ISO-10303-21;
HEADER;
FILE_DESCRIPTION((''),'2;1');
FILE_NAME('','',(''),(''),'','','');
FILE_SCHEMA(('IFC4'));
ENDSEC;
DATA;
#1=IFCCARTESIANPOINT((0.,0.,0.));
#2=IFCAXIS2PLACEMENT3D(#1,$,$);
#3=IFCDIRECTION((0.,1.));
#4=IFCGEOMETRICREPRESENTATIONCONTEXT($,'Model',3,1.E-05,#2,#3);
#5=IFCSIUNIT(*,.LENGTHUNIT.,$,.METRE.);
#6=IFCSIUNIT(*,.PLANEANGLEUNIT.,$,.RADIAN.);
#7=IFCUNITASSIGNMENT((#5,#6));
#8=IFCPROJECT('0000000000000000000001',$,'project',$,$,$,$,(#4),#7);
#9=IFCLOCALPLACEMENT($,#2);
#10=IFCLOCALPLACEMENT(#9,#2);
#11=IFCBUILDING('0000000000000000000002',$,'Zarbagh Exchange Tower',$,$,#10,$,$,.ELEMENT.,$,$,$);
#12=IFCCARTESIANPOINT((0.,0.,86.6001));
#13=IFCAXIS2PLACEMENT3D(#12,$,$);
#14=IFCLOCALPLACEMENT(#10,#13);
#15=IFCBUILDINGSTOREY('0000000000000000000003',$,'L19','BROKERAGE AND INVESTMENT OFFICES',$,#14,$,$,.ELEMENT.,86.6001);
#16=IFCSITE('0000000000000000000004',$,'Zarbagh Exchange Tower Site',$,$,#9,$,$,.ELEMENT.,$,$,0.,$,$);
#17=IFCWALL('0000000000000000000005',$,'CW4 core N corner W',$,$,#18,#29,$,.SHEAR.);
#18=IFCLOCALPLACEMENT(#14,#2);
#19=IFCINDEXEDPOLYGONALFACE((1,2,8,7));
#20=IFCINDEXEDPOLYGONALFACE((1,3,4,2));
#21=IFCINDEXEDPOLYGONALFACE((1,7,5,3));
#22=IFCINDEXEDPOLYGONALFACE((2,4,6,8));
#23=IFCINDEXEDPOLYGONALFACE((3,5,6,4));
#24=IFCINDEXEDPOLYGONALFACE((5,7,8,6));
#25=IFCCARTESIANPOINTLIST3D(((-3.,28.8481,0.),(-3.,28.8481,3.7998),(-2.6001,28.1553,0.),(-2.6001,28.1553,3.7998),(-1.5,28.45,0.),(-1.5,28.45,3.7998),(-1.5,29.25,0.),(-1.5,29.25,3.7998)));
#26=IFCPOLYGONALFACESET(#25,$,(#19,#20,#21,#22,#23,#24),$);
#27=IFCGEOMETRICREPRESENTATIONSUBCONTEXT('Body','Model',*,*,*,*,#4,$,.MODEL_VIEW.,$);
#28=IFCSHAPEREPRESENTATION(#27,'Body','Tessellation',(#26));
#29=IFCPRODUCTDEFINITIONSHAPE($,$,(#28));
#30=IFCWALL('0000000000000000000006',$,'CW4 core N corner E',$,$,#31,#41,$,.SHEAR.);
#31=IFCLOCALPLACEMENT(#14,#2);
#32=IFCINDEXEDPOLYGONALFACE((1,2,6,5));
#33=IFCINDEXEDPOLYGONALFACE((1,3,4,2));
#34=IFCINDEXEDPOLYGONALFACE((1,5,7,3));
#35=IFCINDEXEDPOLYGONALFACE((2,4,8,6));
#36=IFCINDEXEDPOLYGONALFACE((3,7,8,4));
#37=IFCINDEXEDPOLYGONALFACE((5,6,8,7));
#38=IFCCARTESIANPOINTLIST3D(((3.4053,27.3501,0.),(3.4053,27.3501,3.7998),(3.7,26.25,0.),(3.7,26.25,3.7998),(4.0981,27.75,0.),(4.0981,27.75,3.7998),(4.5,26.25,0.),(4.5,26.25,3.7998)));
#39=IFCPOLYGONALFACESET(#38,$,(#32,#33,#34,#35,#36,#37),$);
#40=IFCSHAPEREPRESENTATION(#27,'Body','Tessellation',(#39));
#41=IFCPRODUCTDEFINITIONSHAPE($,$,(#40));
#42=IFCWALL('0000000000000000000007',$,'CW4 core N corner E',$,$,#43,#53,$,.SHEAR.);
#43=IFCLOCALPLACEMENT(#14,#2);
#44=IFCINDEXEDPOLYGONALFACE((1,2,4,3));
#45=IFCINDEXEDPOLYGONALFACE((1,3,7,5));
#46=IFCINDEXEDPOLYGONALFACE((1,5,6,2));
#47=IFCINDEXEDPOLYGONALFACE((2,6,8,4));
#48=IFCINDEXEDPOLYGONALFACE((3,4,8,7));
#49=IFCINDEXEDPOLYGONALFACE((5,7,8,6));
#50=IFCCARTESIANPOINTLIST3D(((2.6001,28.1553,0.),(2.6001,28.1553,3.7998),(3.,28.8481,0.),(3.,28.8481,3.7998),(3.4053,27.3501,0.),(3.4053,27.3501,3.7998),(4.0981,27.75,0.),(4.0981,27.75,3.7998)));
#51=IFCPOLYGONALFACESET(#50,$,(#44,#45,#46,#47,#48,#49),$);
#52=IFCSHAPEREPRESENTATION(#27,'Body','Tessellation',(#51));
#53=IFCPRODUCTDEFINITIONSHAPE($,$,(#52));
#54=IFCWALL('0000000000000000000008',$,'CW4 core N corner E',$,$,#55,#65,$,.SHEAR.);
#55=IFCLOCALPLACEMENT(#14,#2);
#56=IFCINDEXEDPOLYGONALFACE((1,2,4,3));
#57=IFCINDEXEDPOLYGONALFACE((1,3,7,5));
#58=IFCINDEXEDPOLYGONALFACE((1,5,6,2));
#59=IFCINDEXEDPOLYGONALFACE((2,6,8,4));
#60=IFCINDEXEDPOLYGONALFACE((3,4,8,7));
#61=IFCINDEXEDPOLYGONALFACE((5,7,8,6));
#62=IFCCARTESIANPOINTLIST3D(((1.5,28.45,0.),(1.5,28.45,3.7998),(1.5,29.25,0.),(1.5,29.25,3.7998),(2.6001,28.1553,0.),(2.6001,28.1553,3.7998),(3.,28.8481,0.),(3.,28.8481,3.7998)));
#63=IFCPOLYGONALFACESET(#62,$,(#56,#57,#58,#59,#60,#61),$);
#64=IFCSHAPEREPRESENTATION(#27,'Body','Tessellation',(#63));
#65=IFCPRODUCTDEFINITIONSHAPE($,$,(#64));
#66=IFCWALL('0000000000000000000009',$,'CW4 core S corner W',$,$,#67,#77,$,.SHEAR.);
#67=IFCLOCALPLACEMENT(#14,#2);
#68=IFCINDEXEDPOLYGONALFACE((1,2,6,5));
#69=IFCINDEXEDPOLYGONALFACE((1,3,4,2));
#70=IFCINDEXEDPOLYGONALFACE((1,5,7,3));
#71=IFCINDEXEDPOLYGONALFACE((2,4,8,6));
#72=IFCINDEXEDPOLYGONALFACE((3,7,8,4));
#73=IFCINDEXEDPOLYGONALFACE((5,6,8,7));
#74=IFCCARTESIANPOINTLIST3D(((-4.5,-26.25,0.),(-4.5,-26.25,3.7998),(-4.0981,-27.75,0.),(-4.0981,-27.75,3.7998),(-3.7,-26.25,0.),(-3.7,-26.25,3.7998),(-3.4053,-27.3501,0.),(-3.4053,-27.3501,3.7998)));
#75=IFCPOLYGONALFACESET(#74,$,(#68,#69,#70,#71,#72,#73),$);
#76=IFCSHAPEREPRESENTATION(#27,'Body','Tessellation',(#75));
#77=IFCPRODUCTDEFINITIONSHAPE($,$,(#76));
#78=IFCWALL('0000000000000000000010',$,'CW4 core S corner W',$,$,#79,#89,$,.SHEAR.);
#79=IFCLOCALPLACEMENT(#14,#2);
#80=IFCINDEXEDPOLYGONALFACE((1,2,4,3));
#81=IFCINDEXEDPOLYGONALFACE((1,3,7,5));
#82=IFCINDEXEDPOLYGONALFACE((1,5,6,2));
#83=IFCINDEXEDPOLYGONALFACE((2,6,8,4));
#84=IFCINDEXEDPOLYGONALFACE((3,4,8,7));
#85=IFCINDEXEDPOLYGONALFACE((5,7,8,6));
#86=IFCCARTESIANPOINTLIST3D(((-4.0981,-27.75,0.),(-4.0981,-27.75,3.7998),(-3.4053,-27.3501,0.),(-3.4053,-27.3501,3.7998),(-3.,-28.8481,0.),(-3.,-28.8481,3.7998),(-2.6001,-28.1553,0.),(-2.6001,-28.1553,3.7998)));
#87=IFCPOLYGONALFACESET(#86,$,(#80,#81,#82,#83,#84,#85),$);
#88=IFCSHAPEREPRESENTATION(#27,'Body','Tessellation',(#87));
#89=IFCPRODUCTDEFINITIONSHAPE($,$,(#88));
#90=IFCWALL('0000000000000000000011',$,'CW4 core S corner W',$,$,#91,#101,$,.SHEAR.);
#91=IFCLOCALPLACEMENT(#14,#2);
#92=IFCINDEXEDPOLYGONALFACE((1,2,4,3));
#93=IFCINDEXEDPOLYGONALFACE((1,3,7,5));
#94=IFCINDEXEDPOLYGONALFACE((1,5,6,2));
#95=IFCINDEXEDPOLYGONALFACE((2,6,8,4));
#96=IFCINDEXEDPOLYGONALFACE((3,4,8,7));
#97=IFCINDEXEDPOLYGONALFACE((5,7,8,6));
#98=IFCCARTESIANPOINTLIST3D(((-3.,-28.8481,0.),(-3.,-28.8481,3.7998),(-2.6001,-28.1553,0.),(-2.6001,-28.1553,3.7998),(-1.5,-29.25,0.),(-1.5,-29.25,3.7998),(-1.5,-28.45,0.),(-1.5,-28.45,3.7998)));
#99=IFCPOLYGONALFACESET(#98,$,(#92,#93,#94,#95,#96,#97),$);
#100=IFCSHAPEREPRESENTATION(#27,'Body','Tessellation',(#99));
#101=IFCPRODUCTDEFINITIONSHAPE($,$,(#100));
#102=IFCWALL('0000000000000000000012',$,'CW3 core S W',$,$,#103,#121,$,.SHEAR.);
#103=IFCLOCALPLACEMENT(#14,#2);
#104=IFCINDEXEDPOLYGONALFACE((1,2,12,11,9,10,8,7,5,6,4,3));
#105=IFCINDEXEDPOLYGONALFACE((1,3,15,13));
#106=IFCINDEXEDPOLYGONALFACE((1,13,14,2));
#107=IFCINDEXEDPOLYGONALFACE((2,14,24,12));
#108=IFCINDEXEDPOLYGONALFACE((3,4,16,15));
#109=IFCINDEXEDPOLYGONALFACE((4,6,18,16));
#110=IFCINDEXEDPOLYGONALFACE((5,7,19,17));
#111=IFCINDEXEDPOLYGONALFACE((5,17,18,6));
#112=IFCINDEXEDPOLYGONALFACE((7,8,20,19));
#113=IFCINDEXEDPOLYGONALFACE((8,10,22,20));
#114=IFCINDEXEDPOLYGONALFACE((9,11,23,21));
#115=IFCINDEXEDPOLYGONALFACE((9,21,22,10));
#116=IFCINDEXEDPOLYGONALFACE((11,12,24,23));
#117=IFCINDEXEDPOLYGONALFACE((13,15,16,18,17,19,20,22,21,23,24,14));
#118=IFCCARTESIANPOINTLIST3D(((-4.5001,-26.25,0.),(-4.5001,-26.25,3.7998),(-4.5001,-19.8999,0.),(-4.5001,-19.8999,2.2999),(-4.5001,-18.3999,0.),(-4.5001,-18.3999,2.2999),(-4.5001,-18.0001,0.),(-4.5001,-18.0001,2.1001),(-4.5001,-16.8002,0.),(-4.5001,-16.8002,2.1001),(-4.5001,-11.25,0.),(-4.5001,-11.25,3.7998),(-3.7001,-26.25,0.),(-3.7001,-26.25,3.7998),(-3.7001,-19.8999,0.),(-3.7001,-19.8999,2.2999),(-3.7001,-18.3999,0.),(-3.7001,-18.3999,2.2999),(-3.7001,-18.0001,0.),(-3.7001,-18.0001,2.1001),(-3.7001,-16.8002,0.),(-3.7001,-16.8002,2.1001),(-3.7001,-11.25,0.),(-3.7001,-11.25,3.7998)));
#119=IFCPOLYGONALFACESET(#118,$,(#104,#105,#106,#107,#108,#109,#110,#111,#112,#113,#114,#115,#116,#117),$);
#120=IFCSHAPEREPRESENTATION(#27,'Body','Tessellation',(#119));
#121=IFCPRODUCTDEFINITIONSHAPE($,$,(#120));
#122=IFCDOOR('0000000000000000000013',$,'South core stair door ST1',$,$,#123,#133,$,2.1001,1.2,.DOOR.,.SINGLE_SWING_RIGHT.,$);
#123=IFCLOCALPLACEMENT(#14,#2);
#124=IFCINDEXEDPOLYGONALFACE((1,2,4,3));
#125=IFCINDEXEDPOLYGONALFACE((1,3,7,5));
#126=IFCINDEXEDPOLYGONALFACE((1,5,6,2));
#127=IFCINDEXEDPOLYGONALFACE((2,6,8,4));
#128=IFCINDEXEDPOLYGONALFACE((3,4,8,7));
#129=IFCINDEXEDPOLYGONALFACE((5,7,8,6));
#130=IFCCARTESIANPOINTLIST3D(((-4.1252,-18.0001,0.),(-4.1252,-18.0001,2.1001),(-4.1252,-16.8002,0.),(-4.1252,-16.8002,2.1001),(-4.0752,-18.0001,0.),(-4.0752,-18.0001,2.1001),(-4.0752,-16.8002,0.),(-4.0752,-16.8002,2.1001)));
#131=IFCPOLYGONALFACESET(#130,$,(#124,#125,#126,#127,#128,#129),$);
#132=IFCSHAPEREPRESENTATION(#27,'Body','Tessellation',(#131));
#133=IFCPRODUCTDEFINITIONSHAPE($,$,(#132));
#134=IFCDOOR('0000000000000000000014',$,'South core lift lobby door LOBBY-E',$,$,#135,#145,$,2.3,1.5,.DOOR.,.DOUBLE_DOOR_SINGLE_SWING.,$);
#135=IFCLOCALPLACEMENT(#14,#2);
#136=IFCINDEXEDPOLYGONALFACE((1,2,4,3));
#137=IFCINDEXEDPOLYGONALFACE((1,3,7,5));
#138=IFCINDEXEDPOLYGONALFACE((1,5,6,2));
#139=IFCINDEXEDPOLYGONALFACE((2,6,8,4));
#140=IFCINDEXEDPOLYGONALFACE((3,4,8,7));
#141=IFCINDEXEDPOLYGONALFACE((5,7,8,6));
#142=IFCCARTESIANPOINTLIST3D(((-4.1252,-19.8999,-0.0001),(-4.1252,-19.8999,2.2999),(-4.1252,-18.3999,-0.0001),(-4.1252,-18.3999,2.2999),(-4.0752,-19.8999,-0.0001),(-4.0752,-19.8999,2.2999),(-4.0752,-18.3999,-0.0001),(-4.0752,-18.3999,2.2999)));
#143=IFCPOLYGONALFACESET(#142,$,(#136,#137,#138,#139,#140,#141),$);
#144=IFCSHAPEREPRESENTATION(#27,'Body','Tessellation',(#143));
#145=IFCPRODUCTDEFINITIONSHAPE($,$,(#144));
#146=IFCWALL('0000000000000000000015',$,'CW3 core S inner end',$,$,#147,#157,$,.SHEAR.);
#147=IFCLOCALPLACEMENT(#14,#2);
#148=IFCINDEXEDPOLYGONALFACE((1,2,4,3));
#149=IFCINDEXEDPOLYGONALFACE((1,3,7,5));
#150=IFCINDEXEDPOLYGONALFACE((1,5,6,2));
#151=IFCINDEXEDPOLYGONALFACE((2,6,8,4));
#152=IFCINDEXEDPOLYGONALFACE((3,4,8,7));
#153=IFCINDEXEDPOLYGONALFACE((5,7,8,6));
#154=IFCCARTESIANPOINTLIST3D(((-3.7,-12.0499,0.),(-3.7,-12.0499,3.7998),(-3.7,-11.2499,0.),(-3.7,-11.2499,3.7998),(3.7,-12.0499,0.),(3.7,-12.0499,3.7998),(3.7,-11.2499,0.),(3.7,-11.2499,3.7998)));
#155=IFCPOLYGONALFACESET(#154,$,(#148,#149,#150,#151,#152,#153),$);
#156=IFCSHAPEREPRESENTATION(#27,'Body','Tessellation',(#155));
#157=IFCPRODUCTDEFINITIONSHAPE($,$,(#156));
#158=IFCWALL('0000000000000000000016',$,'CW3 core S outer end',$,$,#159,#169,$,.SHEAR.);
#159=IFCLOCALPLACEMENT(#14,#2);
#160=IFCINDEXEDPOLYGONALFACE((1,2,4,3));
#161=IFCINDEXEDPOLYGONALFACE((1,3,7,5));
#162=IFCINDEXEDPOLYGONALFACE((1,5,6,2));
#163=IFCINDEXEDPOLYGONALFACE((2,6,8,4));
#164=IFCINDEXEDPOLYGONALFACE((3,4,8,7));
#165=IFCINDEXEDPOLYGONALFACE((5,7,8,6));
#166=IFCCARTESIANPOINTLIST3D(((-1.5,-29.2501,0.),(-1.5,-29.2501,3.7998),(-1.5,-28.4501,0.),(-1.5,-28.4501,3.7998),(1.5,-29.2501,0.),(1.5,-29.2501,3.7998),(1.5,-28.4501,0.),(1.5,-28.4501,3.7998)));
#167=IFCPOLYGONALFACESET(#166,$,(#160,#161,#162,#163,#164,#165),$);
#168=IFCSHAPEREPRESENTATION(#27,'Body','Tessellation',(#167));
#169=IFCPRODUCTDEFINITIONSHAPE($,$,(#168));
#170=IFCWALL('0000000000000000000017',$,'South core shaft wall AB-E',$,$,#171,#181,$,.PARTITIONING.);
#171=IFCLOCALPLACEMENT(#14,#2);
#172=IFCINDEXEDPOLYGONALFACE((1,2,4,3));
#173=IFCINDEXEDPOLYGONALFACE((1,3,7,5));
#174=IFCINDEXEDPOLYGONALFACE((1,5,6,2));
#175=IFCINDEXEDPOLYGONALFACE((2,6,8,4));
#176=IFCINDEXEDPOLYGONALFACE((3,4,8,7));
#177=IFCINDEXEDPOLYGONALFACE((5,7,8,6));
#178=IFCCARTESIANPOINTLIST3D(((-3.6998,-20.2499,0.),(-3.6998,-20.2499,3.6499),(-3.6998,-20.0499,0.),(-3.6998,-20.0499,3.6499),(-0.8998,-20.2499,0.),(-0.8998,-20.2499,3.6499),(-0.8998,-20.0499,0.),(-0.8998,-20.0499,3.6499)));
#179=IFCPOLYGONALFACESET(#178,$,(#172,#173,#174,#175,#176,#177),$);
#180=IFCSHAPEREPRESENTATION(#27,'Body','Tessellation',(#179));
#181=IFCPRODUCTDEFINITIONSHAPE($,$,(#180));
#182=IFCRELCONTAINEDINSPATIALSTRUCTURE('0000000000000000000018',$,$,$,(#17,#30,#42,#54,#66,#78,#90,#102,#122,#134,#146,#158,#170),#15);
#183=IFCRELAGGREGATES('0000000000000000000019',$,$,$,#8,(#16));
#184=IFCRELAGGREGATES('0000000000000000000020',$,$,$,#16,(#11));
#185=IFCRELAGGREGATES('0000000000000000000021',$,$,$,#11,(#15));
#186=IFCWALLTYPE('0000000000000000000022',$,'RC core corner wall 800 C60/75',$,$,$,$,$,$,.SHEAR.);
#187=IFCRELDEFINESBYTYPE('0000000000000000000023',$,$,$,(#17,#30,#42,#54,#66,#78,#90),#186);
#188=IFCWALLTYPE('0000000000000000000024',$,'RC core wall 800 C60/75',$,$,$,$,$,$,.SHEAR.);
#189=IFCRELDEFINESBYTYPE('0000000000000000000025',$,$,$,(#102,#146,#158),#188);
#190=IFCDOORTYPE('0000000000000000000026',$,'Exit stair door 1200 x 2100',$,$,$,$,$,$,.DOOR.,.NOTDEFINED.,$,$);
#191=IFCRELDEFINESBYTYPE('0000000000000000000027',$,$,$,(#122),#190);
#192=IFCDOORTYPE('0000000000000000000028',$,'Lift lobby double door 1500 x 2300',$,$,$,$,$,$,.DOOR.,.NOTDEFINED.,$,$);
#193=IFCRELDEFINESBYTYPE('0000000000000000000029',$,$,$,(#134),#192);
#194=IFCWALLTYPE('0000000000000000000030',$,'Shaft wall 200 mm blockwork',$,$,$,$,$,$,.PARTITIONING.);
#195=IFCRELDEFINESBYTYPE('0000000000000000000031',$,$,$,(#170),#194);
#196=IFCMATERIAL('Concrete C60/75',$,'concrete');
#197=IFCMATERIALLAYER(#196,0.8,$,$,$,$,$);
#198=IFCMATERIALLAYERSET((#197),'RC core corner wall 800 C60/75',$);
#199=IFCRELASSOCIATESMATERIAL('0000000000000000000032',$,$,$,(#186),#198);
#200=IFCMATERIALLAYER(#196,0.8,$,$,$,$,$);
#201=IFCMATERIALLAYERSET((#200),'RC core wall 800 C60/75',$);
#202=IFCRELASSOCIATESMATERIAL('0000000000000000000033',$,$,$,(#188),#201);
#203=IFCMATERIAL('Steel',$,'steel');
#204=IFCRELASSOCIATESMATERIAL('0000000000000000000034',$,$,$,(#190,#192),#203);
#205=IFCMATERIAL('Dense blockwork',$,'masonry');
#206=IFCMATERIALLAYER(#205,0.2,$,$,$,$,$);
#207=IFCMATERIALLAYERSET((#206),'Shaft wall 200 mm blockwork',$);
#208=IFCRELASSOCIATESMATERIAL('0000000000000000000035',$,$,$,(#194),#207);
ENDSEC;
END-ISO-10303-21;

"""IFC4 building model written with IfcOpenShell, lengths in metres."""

from ifc_helpers import new_model, si_unit, direction, frame, frame_2d, origin, place, context, subcontext, project, spatial, polyline, rectangle, outline, extrude, material, layer, layer_set, type_object, element, fill, save


model = new_model("IFC4")

# Units and contexts
model_context = context("Model", 3, precision=1e-05, world=origin(), true_north=direction((0.0, 1.0)))
body_context = subcontext(model_context, "Body", "Model", "MODEL_VIEW")
ifc_project = project(units=[si_unit("LENGTHUNIT", "METRE"), si_unit("PLANEANGLEUNIT", "RADIAN")], contexts=[model_context])

# Site, building, storey
site_placement = place(None, origin())
site = spatial("IfcSite", under=ifc_project, at=site_placement, Name="Zarbagh Exchange Tower Site", CompositionType="ELEMENT", RefElevation=0.0)
building_placement = place(site_placement, origin())
building = spatial("IfcBuilding", under=site, at=building_placement, Name="Zarbagh Exchange Tower", CompositionType="ELEMENT")
storey_placement = place(building_placement, frame((0.0, 0.0, 86.6001)))
storey = spatial("IfcBuildingStorey", under=building, at=storey_placement, Name="L19", Description="BROKERAGE AND INVESTMENT OFFICES", CompositionType="ELEMENT", Elevation=86.6001)

# Shared definitions
ifc_material_1 = material(Name="Concrete C60/75", Category="concrete")

# Walls
ifc_layer_1 = layer(ifc_material_1, 0.8)
ifc_layer_set_1 = layer_set([ifc_layer_1], Name="RC core corner wall 800 C60/75")
wall_type_1 = type_object("IfcWallType", Name="RC core corner wall 800 C60/75", PredefinedType="SHEAR", material=ifc_layer_set_1)
wall_1_placement = place(storey_placement, origin())
element("IfcWall", 1, at=wall_1_placement, inside=storey, type_object=wall_type_1, Name="CW4 core N corner W", PredefinedType="SHEAR", context=body_context, shape_type="SweptSolid", body=[
    extrude(outline(polyline([(-3.0, 28.8481), (-1.5, 29.25), (-1.5, 28.45), (-2.6001, 28.1553), (-3.0, 28.8481)])), origin(), (0.0, 0.0, 1.0), 3.7998),
])
wall_2_placement = place(storey_placement, origin())
element("IfcWall", 2, at=wall_2_placement, inside=storey, type_object=wall_type_1, Name="CW4 core N corner E", PredefinedType="SHEAR", context=body_context, shape_type="SweptSolid", body=[
    extrude(outline(polyline([(4.5, 26.25), (4.0981, 27.75), (3.4053, 27.3501), (3.7, 26.25), (4.5, 26.25)])), origin(), (0.0, 0.0, 1.0), 3.7998),
])
wall_3_placement = place(storey_placement, origin())
element("IfcWall", 3, at=wall_3_placement, inside=storey, type_object=wall_type_1, Name="CW4 core N corner E", PredefinedType="SHEAR", context=body_context, shape_type="SweptSolid", body=[
    extrude(outline(polyline([(4.0981, 27.75), (3.0, 28.8481), (2.6001, 28.1553), (3.4053, 27.3501), (4.0981, 27.75)])), origin(), (0.0, 0.0, 1.0), 3.7998),
])
wall_4_placement = place(storey_placement, origin())
element("IfcWall", 4, at=wall_4_placement, inside=storey, type_object=wall_type_1, Name="CW4 core N corner E", PredefinedType="SHEAR", context=body_context, shape_type="SweptSolid", body=[
    extrude(outline(polyline([(3.0, 28.8481), (1.5, 29.25), (1.5, 28.45), (2.6001, 28.1553), (3.0, 28.8481)])), origin(), (0.0, 0.0, 1.0), 3.7998),
])
wall_5_placement = place(storey_placement, origin())
element("IfcWall", 5, at=wall_5_placement, inside=storey, type_object=wall_type_1, Name="CW4 core S corner W", PredefinedType="SHEAR", context=body_context, shape_type="SweptSolid", body=[
    extrude(outline(polyline([(-4.5, -26.25), (-4.0981, -27.75), (-3.4053, -27.3501), (-3.7, -26.25), (-4.5, -26.25)])), origin(), (0.0, 0.0, 1.0), 3.7998),
])
wall_6_placement = place(storey_placement, origin())
element("IfcWall", 6, at=wall_6_placement, inside=storey, type_object=wall_type_1, Name="CW4 core S corner W", PredefinedType="SHEAR", context=body_context, shape_type="SweptSolid", body=[
    extrude(outline(polyline([(-4.0981, -27.75), (-3.0, -28.8481), (-2.6001, -28.1553), (-3.4053, -27.3501), (-4.0981, -27.75)])), origin(), (0.0, 0.0, 1.0), 3.7998),
])
wall_7_placement = place(storey_placement, origin())
element("IfcWall", 7, at=wall_7_placement, inside=storey, type_object=wall_type_1, Name="CW4 core S corner W", PredefinedType="SHEAR", context=body_context, shape_type="SweptSolid", body=[
    extrude(outline(polyline([(-3.0, -28.8481), (-1.5, -29.25), (-1.5, -28.45), (-2.6001, -28.1553), (-3.0, -28.8481)])), origin(), (0.0, 0.0, 1.0), 3.7998),
])

# Wall, openings, doors
ifc_layer_2 = layer(ifc_material_1, 0.8)
ifc_layer_set_2 = layer_set([ifc_layer_2], Name="RC core wall 800 C60/75")
wall_type_2 = type_object("IfcWallType", Name="RC core wall 800 C60/75", PredefinedType="SHEAR", material=ifc_layer_set_2)
wall_8_placement = place(storey_placement, frame((-4.1001, -11.25, 0.0), z_axis=(0.0, 0.0, 1.0), x_axis=(0.0, -1.0, 0.0)))
wall_8 = element("IfcWall", 8, at=wall_8_placement, inside=storey, type_object=wall_type_2, Name="CW3 core S W", PredefinedType="SHEAR", context=body_context, shape_type="SweptSolid", body=[
    extrude(rectangle(XDim=15.0, YDim=0.8, at=frame_2d((7.5, 0.0))), origin(), (0.0, 0.0, 1.0), 3.7998),
])
opening_1_placement = place(wall_8_placement, frame((7.1499, 0.0, 0.0)))
opening_1 = element("IfcOpeningElement", 9, at=opening_1_placement, cuts=wall_8, PredefinedType="OPENING", context=body_context, shape_type="SweptSolid", body=[
    extrude(rectangle(XDim=1.5, YDim=2.3, at=frame_2d((0.75, 1.1499))), frame((0.0, 0.4099, 0.0), z_axis=(0.0, -1.0, 0.0), x_axis=(1.0, 0.0, 0.0)), (0.0, 0.0, 1.0), 0.8201),
])
opening_2_placement = place(wall_8_placement, frame((5.55, 0.0, 0.0)))
opening_2 = element("IfcOpeningElement", 10, at=opening_2_placement, cuts=wall_8, PredefinedType="OPENING", context=body_context, shape_type="SweptSolid", body=[
    extrude(rectangle(XDim=1.2, YDim=2.1001, at=frame_2d((0.6001, 1.05))), frame((0.0, 0.4099, 0.0), z_axis=(0.0, -1.0, 0.0), x_axis=(1.0, 0.0, 0.0)), (0.0, 0.0, 1.0), 0.8201),
])
ifc_material_2 = material(Name="Steel", Category="steel")
door_type_1 = type_object("IfcDoorType", Name="Exit stair door 1200 x 2100", OperationType="NOTDEFINED", PredefinedType="DOOR", material=ifc_material_2)
door_1_placement = place(opening_2_placement, origin())
door_1 = element("IfcDoor", 11, at=door_1_placement, inside=storey, type_object=door_type_1, Name="South core stair door ST1", OperationType="SINGLE_SWING_RIGHT", OverallHeight=2.1001, OverallWidth=1.2, PredefinedType="DOOR", context=body_context, shape_type="SweptSolid", body=[
    extrude(rectangle(XDim=1.2, YDim=2.1001, at=frame_2d((0.6001, 1.05))), frame((0.0, 0.0249, 0.0), z_axis=(0.0, -1.0, 0.0), x_axis=(1.0, 0.0, 0.0)), (0.0, 0.0, 1.0), 0.05),
])
fill(opening_2, door_1)
door_type_2 = type_object("IfcDoorType", Name="Lift lobby double door 1500 x 2300", OperationType="NOTDEFINED", PredefinedType="DOOR", material=ifc_material_2)
door_2_placement = place(opening_1_placement, origin())
door_2 = element("IfcDoor", 12, at=door_2_placement, inside=storey, type_object=door_type_2, Name="South core lift lobby door LOBBY-E", OperationType="DOUBLE_DOOR_SINGLE_SWING", OverallHeight=2.3, OverallWidth=1.5, PredefinedType="DOOR", context=body_context, shape_type="SweptSolid", body=[
    extrude(rectangle(XDim=1.5, YDim=2.3, at=frame_2d((0.75, 1.1499))), frame((0.0, 0.0249, 0.0), z_axis=(0.0, -1.0, 0.0), x_axis=(1.0, 0.0, 0.0)), (0.0, 0.0, 1.0), 0.05),
])
fill(opening_1, door_2)

# Walls
wall_9_placement = place(storey_placement, frame((-3.7, -11.6499, 0.0), z_axis=(0.0, 0.0, 1.0), x_axis=(1.0, 0.0, 0.0)))
element("IfcWall", 13, at=wall_9_placement, inside=storey, type_object=wall_type_2, Name="CW3 core S inner end", PredefinedType="SHEAR", context=body_context, shape_type="SweptSolid", body=[
    extrude(rectangle(XDim=7.3999, YDim=0.8, at=frame_2d((3.7, 0.0))), origin(), (0.0, 0.0, 1.0), 3.7998),
])
wall_10_placement = place(storey_placement, frame((-1.5, -28.8501, 0.0), z_axis=(0.0, 0.0, 1.0), x_axis=(1.0, 0.0, 0.0)))
element("IfcWall", 14, at=wall_10_placement, inside=storey, type_object=wall_type_2, Name="CW3 core S outer end", PredefinedType="SHEAR", context=body_context, shape_type="SweptSolid", body=[
    extrude(rectangle(XDim=3.0, YDim=0.8, at=frame_2d((1.5, 0.0))), origin(), (0.0, 0.0, 1.0), 3.7998),
])
ifc_material_3 = material(Name="Dense blockwork", Category="masonry")
ifc_layer_3 = layer(ifc_material_3, 0.2)
ifc_layer_set_3 = layer_set([ifc_layer_3], Name="Shaft wall 200 mm blockwork")
wall_type_3 = type_object("IfcWallType", Name="Shaft wall 200 mm blockwork", PredefinedType="PARTITIONING", material=ifc_layer_set_3)
wall_11_placement = place(storey_placement, frame((-0.8999, -20.1499, 0.0), z_axis=(0.0, 0.0, 1.0), x_axis=(-1.0, 0.0, 0.0)))
element("IfcWall", 15, at=wall_11_placement, inside=storey, type_object=wall_type_3, Name="South core shaft wall AB-E", PredefinedType="PARTITIONING", context=body_context, shape_type="SweptSolid", body=[
    extrude(rectangle(XDim=2.8, YDim=0.2, at=frame_2d((1.3999, 0.0))), origin(), (0.0, 0.0, 1.0), 3.6499),
])

save(model, "model.ifc")
